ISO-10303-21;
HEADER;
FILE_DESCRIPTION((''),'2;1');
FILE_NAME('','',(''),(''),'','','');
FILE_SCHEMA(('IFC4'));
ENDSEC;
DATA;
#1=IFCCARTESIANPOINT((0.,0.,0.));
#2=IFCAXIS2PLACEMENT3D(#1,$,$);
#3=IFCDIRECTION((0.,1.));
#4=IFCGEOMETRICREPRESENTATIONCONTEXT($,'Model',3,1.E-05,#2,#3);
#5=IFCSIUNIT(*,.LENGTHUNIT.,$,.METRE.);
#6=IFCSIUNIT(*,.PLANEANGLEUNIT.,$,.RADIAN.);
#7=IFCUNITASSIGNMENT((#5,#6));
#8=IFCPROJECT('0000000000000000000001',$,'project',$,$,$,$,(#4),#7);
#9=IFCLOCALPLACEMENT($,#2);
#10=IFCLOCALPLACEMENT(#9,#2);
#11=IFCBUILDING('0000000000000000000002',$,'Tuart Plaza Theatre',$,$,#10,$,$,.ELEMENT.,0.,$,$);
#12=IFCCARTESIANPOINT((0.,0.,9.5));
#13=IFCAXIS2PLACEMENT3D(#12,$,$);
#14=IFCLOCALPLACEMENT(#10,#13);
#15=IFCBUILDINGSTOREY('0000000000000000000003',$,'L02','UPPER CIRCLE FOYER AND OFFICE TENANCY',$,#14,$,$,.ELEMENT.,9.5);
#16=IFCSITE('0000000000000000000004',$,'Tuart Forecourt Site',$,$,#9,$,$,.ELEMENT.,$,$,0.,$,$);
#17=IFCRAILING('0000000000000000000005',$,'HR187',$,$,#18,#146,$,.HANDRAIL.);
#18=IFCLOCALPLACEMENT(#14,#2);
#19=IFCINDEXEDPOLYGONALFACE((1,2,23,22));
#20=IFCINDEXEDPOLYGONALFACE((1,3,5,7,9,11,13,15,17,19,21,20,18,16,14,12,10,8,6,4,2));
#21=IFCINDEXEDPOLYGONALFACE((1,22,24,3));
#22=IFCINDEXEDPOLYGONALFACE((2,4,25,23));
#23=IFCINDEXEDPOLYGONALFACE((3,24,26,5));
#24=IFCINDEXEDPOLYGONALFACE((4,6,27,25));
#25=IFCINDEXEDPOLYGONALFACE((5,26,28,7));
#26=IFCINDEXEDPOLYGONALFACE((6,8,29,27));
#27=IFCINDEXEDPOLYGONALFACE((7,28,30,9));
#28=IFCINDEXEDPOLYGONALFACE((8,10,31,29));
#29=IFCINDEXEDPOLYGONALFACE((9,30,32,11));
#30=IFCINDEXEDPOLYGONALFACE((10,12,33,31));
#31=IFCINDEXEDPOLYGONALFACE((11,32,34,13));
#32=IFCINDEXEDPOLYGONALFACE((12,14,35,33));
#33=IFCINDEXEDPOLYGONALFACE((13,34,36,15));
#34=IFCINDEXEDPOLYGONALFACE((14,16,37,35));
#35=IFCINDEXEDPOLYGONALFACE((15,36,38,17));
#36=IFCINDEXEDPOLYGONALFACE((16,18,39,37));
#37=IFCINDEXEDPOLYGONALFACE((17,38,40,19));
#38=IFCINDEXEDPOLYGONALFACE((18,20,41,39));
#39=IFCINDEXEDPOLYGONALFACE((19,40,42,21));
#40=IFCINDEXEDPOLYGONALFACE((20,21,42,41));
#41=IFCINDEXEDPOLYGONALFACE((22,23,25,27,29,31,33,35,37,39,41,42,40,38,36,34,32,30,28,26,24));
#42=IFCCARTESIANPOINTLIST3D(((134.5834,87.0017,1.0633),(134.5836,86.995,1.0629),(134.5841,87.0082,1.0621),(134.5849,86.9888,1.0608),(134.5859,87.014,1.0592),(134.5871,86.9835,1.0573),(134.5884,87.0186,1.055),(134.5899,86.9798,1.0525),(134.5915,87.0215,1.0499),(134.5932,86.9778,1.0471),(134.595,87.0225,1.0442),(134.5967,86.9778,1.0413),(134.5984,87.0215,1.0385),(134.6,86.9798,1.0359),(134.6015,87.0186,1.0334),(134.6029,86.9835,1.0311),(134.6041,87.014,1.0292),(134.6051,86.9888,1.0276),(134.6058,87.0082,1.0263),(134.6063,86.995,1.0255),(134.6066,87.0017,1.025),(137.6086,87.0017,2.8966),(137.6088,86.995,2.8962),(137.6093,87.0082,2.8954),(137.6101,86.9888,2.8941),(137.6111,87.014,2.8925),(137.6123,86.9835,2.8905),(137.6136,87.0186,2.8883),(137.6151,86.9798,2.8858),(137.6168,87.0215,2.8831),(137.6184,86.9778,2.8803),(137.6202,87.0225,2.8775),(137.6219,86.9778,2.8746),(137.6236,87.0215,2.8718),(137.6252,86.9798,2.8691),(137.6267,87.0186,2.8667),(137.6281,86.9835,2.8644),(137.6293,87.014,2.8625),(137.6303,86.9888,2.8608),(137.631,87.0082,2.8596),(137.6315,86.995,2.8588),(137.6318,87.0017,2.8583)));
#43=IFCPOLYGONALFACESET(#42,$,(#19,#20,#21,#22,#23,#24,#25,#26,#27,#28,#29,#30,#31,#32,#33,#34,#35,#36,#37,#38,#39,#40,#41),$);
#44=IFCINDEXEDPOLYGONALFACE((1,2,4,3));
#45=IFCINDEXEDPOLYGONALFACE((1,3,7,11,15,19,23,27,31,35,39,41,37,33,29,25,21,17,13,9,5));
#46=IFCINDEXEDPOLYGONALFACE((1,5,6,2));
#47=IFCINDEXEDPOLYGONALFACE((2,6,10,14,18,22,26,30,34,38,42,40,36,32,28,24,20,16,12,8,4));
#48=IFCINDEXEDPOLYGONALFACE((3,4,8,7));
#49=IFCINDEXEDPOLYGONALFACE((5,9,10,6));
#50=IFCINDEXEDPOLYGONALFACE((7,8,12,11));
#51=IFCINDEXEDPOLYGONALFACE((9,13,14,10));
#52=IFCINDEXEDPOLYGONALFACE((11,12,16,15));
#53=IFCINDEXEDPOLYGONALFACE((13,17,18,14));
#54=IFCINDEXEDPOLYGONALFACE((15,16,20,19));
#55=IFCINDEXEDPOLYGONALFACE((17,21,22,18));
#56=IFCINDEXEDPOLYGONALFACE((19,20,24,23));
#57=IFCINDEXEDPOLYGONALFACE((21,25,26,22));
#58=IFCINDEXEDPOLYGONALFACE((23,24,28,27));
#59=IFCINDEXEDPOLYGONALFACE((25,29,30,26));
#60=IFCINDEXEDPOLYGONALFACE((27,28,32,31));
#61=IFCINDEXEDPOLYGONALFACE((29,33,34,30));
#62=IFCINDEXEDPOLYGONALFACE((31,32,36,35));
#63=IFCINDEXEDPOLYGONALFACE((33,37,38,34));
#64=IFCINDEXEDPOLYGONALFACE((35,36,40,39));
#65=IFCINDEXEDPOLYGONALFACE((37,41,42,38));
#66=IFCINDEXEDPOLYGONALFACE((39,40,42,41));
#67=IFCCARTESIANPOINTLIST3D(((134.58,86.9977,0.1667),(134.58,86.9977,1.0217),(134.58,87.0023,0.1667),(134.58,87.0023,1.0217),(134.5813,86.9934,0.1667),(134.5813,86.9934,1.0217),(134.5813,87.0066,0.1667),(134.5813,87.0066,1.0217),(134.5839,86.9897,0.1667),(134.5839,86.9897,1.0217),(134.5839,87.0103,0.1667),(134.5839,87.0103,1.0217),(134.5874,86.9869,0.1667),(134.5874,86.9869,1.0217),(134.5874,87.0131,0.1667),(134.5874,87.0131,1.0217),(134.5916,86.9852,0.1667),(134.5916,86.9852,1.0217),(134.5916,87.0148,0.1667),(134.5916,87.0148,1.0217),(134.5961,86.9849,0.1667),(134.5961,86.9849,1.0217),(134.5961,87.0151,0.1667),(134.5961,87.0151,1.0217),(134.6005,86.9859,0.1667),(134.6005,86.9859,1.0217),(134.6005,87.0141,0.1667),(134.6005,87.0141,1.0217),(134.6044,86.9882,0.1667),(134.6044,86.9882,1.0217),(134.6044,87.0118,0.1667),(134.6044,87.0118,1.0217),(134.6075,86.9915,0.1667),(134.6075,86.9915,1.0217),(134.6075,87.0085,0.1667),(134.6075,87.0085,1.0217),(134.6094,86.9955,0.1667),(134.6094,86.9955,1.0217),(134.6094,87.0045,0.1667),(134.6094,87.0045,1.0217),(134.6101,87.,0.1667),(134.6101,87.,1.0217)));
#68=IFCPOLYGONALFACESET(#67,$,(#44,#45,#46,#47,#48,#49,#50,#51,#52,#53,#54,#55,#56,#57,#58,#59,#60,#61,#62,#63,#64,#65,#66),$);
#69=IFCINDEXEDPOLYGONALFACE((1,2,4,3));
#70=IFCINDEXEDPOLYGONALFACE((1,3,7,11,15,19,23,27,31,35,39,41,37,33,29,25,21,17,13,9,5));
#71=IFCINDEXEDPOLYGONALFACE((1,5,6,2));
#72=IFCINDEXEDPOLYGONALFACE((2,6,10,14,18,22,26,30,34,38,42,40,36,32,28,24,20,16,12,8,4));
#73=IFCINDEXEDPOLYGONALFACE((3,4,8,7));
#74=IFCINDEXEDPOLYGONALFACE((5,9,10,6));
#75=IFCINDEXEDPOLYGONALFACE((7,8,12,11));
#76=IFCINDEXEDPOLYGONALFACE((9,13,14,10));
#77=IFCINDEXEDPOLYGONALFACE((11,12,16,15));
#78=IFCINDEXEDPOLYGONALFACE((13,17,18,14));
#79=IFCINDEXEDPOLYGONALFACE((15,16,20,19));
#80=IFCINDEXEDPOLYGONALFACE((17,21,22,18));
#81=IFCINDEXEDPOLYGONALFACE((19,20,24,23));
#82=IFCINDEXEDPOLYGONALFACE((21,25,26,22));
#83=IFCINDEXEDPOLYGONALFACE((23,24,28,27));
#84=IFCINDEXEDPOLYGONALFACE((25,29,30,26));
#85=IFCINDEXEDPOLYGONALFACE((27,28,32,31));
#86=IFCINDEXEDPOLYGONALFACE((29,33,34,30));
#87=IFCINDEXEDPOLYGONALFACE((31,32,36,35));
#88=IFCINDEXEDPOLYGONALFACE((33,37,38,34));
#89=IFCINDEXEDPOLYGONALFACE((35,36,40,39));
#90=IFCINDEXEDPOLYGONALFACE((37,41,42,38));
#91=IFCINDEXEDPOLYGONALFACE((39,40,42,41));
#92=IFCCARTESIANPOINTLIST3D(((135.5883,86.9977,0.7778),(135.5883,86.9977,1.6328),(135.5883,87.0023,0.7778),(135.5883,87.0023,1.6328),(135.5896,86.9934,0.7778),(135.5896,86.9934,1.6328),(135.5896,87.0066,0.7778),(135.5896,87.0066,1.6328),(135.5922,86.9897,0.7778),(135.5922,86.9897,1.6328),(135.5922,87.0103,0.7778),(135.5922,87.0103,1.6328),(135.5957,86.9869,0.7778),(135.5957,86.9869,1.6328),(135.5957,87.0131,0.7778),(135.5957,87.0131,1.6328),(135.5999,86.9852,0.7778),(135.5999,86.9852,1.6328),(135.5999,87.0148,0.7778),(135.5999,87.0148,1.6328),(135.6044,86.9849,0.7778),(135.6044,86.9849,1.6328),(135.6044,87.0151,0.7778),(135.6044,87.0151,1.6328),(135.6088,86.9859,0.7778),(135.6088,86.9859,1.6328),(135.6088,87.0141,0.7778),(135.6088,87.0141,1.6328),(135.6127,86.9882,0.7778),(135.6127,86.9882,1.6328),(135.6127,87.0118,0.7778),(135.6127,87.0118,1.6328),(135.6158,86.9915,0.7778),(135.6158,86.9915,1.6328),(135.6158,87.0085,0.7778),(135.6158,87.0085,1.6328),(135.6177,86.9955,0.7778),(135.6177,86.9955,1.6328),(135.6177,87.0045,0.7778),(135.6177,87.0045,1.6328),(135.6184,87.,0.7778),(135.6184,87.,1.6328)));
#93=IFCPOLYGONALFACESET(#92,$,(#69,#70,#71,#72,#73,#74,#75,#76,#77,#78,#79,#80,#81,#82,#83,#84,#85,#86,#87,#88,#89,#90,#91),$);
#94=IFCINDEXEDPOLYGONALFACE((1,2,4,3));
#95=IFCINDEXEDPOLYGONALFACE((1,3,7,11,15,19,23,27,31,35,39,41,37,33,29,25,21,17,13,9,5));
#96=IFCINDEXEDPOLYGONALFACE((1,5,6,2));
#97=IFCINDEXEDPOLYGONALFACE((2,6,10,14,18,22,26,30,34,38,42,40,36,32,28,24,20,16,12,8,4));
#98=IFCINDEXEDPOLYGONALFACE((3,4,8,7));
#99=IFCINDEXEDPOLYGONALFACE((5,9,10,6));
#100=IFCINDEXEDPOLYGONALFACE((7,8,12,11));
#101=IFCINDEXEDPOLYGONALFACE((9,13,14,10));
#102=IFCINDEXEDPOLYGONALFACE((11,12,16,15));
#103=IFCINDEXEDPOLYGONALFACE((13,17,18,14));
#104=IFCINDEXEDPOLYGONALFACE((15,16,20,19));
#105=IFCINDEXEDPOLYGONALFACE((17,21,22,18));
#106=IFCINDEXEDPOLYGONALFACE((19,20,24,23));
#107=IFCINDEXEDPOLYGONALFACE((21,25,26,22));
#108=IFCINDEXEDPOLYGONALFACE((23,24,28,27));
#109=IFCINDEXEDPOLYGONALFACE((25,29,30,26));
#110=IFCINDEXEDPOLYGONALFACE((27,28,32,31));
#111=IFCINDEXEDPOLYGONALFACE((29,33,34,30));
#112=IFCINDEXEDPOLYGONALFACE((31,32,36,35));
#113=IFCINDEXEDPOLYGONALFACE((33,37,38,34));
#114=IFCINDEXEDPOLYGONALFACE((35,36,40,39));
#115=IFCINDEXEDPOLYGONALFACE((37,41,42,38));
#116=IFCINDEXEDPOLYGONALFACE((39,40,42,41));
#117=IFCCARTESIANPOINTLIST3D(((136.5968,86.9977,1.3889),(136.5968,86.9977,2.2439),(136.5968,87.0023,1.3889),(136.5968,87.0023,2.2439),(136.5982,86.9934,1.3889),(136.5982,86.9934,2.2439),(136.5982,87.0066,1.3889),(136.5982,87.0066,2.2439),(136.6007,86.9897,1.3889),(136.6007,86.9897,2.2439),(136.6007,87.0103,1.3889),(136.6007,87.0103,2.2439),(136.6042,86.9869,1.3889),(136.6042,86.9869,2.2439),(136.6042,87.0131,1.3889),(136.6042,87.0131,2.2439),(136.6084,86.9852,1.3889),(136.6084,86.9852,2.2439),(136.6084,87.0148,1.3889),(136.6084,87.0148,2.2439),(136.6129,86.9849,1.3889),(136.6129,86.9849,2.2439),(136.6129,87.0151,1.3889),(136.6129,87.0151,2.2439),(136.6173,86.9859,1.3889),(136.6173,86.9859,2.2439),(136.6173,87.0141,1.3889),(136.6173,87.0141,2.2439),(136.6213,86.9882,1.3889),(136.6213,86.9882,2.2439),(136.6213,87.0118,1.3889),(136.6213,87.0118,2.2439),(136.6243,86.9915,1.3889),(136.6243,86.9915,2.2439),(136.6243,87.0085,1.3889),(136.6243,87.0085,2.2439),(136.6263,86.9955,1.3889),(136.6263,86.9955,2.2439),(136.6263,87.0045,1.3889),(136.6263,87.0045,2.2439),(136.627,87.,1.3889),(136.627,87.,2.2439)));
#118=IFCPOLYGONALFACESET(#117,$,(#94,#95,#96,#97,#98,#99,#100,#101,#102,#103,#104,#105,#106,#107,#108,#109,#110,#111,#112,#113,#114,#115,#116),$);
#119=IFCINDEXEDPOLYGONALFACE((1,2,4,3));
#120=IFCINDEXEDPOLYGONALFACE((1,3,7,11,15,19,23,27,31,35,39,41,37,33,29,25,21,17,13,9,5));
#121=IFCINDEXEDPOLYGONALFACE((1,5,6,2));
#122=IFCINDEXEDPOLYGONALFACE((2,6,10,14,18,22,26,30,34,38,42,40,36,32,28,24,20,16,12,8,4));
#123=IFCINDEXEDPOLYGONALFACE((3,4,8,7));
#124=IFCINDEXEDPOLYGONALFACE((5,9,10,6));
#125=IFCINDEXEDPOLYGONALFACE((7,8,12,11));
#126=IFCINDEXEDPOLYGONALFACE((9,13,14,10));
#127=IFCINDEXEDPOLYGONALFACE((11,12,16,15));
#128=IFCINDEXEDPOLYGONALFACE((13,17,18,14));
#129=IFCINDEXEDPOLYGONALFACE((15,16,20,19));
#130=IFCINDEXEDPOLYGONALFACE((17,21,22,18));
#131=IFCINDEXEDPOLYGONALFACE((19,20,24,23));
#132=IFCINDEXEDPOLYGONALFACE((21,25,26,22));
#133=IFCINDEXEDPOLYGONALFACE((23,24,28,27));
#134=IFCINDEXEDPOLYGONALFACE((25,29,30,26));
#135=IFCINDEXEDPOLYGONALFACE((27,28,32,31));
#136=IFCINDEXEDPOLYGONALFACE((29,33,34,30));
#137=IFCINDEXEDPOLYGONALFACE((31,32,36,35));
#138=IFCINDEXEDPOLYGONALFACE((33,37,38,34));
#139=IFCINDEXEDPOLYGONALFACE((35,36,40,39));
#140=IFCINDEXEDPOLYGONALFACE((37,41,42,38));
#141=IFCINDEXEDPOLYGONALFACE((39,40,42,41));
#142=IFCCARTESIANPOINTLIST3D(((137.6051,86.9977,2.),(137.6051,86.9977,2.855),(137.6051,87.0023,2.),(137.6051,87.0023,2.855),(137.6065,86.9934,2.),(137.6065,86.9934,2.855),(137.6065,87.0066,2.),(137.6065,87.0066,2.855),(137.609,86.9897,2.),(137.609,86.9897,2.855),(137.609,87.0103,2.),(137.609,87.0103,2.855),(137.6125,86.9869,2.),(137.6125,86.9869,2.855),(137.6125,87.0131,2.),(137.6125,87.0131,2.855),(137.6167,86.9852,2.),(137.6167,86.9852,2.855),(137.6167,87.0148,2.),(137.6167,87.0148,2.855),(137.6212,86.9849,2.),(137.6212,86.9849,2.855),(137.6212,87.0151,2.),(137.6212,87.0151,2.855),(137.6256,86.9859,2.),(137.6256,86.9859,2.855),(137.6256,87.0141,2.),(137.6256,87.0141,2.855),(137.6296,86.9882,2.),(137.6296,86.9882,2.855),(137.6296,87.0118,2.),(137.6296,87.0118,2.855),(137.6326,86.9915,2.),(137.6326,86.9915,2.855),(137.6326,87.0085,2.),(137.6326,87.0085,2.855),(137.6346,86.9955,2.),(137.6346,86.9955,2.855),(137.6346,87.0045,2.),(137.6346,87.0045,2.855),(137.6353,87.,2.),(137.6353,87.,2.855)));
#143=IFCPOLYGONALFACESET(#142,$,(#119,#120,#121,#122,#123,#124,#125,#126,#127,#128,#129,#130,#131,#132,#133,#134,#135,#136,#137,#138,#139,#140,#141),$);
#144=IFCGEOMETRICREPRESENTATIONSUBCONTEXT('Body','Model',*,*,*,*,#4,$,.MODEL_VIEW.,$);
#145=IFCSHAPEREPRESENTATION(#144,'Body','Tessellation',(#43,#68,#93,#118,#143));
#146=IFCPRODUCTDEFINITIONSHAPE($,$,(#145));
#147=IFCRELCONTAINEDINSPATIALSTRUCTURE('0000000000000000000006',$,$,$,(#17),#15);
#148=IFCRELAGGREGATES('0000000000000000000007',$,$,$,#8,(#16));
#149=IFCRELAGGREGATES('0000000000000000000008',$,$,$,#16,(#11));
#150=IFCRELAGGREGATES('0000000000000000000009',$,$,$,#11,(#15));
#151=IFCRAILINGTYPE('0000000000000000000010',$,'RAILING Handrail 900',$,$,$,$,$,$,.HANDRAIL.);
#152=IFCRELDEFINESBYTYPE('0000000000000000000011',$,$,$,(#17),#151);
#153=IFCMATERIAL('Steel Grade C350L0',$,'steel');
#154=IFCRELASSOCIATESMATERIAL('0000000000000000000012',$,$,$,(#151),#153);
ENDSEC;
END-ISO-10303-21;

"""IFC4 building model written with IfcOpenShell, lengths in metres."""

from ifc_helpers import new_model, si_unit, direction, frame, origin, origin_2d, place, context, subcontext, project, spatial, circle, extrude, material, type_object, element, save


model = new_model("IFC4")

# Units and contexts
model_context = context("Model", 3, precision=1e-05, world=origin(), true_north=direction((0.0, 1.0)))
body_context = subcontext(model_context, "Body", "Model", "MODEL_VIEW")
ifc_project = project(units=[si_unit("LENGTHUNIT", "METRE"), si_unit("PLANEANGLEUNIT", "RADIAN")], contexts=[model_context])

# Site, building, storey
site_placement = place(None, origin())
site = spatial("IfcSite", under=ifc_project, at=site_placement, Name="Tuart Forecourt Site", CompositionType="ELEMENT", RefElevation=0.0)
building_placement = place(site_placement, origin())
building = spatial("IfcBuilding", under=site, at=building_placement, Name="Tuart Plaza Theatre", CompositionType="ELEMENT", ElevationOfRefHeight=0.0)
storey_placement = place(building_placement, frame((0.0, 0.0, 9.5)))
storey = spatial("IfcBuildingStorey", under=building, at=storey_placement, Name="L02", Description="UPPER CIRCLE FOYER AND OFFICE TENANCY", CompositionType="ELEMENT", Elevation=9.5)

# Railing
ifc_material_1 = material(Name="Steel Grade C350L0", Category="steel")
railing_type_1 = type_object("IfcRailingType", Name="RAILING Handrail 900", PredefinedType="HANDRAIL", material=ifc_material_1)
for number, where, name in (
    (1, (134.595, 87.0, 0.1667), "HR187"),
):
    element("IfcRailing", number, at=place(storey_placement, frame(where)), inside=storey, type_object=railing_type_1, Name=name, PredefinedType="HANDRAIL", context=body_context, shape_type="SweptSolid", body=[
        extrude(circle(Radius=0.0225, at=origin_2d()), frame((0.0, 0.0, 0.8774), z_axis=(0.855219, 0.0, 0.518267), x_axis=(0.0, 1.0, 0.0)), (0.0, 0.0, 1.0), 3.5374),
        extrude(circle(Radius=0.0151, at=origin_2d()), origin(), (0.0, 0.0, 1.0), 0.855),
        extrude(circle(Radius=0.0151, at=origin_2d()), frame((1.0083, 0.0, 0.6111)), (0.0, 0.0, 1.0), 0.855),
        extrude(circle(Radius=0.0151, at=origin_2d()), frame((2.0168, 0.0, 1.2222)), (0.0, 0.0, 1.0), 0.855),
        extrude(circle(Radius=0.0151, at=origin_2d()), frame((3.0251, 0.0, 1.8333)), (0.0, 0.0, 1.0), 0.855),
    ])

save(model, "model.ifc")
